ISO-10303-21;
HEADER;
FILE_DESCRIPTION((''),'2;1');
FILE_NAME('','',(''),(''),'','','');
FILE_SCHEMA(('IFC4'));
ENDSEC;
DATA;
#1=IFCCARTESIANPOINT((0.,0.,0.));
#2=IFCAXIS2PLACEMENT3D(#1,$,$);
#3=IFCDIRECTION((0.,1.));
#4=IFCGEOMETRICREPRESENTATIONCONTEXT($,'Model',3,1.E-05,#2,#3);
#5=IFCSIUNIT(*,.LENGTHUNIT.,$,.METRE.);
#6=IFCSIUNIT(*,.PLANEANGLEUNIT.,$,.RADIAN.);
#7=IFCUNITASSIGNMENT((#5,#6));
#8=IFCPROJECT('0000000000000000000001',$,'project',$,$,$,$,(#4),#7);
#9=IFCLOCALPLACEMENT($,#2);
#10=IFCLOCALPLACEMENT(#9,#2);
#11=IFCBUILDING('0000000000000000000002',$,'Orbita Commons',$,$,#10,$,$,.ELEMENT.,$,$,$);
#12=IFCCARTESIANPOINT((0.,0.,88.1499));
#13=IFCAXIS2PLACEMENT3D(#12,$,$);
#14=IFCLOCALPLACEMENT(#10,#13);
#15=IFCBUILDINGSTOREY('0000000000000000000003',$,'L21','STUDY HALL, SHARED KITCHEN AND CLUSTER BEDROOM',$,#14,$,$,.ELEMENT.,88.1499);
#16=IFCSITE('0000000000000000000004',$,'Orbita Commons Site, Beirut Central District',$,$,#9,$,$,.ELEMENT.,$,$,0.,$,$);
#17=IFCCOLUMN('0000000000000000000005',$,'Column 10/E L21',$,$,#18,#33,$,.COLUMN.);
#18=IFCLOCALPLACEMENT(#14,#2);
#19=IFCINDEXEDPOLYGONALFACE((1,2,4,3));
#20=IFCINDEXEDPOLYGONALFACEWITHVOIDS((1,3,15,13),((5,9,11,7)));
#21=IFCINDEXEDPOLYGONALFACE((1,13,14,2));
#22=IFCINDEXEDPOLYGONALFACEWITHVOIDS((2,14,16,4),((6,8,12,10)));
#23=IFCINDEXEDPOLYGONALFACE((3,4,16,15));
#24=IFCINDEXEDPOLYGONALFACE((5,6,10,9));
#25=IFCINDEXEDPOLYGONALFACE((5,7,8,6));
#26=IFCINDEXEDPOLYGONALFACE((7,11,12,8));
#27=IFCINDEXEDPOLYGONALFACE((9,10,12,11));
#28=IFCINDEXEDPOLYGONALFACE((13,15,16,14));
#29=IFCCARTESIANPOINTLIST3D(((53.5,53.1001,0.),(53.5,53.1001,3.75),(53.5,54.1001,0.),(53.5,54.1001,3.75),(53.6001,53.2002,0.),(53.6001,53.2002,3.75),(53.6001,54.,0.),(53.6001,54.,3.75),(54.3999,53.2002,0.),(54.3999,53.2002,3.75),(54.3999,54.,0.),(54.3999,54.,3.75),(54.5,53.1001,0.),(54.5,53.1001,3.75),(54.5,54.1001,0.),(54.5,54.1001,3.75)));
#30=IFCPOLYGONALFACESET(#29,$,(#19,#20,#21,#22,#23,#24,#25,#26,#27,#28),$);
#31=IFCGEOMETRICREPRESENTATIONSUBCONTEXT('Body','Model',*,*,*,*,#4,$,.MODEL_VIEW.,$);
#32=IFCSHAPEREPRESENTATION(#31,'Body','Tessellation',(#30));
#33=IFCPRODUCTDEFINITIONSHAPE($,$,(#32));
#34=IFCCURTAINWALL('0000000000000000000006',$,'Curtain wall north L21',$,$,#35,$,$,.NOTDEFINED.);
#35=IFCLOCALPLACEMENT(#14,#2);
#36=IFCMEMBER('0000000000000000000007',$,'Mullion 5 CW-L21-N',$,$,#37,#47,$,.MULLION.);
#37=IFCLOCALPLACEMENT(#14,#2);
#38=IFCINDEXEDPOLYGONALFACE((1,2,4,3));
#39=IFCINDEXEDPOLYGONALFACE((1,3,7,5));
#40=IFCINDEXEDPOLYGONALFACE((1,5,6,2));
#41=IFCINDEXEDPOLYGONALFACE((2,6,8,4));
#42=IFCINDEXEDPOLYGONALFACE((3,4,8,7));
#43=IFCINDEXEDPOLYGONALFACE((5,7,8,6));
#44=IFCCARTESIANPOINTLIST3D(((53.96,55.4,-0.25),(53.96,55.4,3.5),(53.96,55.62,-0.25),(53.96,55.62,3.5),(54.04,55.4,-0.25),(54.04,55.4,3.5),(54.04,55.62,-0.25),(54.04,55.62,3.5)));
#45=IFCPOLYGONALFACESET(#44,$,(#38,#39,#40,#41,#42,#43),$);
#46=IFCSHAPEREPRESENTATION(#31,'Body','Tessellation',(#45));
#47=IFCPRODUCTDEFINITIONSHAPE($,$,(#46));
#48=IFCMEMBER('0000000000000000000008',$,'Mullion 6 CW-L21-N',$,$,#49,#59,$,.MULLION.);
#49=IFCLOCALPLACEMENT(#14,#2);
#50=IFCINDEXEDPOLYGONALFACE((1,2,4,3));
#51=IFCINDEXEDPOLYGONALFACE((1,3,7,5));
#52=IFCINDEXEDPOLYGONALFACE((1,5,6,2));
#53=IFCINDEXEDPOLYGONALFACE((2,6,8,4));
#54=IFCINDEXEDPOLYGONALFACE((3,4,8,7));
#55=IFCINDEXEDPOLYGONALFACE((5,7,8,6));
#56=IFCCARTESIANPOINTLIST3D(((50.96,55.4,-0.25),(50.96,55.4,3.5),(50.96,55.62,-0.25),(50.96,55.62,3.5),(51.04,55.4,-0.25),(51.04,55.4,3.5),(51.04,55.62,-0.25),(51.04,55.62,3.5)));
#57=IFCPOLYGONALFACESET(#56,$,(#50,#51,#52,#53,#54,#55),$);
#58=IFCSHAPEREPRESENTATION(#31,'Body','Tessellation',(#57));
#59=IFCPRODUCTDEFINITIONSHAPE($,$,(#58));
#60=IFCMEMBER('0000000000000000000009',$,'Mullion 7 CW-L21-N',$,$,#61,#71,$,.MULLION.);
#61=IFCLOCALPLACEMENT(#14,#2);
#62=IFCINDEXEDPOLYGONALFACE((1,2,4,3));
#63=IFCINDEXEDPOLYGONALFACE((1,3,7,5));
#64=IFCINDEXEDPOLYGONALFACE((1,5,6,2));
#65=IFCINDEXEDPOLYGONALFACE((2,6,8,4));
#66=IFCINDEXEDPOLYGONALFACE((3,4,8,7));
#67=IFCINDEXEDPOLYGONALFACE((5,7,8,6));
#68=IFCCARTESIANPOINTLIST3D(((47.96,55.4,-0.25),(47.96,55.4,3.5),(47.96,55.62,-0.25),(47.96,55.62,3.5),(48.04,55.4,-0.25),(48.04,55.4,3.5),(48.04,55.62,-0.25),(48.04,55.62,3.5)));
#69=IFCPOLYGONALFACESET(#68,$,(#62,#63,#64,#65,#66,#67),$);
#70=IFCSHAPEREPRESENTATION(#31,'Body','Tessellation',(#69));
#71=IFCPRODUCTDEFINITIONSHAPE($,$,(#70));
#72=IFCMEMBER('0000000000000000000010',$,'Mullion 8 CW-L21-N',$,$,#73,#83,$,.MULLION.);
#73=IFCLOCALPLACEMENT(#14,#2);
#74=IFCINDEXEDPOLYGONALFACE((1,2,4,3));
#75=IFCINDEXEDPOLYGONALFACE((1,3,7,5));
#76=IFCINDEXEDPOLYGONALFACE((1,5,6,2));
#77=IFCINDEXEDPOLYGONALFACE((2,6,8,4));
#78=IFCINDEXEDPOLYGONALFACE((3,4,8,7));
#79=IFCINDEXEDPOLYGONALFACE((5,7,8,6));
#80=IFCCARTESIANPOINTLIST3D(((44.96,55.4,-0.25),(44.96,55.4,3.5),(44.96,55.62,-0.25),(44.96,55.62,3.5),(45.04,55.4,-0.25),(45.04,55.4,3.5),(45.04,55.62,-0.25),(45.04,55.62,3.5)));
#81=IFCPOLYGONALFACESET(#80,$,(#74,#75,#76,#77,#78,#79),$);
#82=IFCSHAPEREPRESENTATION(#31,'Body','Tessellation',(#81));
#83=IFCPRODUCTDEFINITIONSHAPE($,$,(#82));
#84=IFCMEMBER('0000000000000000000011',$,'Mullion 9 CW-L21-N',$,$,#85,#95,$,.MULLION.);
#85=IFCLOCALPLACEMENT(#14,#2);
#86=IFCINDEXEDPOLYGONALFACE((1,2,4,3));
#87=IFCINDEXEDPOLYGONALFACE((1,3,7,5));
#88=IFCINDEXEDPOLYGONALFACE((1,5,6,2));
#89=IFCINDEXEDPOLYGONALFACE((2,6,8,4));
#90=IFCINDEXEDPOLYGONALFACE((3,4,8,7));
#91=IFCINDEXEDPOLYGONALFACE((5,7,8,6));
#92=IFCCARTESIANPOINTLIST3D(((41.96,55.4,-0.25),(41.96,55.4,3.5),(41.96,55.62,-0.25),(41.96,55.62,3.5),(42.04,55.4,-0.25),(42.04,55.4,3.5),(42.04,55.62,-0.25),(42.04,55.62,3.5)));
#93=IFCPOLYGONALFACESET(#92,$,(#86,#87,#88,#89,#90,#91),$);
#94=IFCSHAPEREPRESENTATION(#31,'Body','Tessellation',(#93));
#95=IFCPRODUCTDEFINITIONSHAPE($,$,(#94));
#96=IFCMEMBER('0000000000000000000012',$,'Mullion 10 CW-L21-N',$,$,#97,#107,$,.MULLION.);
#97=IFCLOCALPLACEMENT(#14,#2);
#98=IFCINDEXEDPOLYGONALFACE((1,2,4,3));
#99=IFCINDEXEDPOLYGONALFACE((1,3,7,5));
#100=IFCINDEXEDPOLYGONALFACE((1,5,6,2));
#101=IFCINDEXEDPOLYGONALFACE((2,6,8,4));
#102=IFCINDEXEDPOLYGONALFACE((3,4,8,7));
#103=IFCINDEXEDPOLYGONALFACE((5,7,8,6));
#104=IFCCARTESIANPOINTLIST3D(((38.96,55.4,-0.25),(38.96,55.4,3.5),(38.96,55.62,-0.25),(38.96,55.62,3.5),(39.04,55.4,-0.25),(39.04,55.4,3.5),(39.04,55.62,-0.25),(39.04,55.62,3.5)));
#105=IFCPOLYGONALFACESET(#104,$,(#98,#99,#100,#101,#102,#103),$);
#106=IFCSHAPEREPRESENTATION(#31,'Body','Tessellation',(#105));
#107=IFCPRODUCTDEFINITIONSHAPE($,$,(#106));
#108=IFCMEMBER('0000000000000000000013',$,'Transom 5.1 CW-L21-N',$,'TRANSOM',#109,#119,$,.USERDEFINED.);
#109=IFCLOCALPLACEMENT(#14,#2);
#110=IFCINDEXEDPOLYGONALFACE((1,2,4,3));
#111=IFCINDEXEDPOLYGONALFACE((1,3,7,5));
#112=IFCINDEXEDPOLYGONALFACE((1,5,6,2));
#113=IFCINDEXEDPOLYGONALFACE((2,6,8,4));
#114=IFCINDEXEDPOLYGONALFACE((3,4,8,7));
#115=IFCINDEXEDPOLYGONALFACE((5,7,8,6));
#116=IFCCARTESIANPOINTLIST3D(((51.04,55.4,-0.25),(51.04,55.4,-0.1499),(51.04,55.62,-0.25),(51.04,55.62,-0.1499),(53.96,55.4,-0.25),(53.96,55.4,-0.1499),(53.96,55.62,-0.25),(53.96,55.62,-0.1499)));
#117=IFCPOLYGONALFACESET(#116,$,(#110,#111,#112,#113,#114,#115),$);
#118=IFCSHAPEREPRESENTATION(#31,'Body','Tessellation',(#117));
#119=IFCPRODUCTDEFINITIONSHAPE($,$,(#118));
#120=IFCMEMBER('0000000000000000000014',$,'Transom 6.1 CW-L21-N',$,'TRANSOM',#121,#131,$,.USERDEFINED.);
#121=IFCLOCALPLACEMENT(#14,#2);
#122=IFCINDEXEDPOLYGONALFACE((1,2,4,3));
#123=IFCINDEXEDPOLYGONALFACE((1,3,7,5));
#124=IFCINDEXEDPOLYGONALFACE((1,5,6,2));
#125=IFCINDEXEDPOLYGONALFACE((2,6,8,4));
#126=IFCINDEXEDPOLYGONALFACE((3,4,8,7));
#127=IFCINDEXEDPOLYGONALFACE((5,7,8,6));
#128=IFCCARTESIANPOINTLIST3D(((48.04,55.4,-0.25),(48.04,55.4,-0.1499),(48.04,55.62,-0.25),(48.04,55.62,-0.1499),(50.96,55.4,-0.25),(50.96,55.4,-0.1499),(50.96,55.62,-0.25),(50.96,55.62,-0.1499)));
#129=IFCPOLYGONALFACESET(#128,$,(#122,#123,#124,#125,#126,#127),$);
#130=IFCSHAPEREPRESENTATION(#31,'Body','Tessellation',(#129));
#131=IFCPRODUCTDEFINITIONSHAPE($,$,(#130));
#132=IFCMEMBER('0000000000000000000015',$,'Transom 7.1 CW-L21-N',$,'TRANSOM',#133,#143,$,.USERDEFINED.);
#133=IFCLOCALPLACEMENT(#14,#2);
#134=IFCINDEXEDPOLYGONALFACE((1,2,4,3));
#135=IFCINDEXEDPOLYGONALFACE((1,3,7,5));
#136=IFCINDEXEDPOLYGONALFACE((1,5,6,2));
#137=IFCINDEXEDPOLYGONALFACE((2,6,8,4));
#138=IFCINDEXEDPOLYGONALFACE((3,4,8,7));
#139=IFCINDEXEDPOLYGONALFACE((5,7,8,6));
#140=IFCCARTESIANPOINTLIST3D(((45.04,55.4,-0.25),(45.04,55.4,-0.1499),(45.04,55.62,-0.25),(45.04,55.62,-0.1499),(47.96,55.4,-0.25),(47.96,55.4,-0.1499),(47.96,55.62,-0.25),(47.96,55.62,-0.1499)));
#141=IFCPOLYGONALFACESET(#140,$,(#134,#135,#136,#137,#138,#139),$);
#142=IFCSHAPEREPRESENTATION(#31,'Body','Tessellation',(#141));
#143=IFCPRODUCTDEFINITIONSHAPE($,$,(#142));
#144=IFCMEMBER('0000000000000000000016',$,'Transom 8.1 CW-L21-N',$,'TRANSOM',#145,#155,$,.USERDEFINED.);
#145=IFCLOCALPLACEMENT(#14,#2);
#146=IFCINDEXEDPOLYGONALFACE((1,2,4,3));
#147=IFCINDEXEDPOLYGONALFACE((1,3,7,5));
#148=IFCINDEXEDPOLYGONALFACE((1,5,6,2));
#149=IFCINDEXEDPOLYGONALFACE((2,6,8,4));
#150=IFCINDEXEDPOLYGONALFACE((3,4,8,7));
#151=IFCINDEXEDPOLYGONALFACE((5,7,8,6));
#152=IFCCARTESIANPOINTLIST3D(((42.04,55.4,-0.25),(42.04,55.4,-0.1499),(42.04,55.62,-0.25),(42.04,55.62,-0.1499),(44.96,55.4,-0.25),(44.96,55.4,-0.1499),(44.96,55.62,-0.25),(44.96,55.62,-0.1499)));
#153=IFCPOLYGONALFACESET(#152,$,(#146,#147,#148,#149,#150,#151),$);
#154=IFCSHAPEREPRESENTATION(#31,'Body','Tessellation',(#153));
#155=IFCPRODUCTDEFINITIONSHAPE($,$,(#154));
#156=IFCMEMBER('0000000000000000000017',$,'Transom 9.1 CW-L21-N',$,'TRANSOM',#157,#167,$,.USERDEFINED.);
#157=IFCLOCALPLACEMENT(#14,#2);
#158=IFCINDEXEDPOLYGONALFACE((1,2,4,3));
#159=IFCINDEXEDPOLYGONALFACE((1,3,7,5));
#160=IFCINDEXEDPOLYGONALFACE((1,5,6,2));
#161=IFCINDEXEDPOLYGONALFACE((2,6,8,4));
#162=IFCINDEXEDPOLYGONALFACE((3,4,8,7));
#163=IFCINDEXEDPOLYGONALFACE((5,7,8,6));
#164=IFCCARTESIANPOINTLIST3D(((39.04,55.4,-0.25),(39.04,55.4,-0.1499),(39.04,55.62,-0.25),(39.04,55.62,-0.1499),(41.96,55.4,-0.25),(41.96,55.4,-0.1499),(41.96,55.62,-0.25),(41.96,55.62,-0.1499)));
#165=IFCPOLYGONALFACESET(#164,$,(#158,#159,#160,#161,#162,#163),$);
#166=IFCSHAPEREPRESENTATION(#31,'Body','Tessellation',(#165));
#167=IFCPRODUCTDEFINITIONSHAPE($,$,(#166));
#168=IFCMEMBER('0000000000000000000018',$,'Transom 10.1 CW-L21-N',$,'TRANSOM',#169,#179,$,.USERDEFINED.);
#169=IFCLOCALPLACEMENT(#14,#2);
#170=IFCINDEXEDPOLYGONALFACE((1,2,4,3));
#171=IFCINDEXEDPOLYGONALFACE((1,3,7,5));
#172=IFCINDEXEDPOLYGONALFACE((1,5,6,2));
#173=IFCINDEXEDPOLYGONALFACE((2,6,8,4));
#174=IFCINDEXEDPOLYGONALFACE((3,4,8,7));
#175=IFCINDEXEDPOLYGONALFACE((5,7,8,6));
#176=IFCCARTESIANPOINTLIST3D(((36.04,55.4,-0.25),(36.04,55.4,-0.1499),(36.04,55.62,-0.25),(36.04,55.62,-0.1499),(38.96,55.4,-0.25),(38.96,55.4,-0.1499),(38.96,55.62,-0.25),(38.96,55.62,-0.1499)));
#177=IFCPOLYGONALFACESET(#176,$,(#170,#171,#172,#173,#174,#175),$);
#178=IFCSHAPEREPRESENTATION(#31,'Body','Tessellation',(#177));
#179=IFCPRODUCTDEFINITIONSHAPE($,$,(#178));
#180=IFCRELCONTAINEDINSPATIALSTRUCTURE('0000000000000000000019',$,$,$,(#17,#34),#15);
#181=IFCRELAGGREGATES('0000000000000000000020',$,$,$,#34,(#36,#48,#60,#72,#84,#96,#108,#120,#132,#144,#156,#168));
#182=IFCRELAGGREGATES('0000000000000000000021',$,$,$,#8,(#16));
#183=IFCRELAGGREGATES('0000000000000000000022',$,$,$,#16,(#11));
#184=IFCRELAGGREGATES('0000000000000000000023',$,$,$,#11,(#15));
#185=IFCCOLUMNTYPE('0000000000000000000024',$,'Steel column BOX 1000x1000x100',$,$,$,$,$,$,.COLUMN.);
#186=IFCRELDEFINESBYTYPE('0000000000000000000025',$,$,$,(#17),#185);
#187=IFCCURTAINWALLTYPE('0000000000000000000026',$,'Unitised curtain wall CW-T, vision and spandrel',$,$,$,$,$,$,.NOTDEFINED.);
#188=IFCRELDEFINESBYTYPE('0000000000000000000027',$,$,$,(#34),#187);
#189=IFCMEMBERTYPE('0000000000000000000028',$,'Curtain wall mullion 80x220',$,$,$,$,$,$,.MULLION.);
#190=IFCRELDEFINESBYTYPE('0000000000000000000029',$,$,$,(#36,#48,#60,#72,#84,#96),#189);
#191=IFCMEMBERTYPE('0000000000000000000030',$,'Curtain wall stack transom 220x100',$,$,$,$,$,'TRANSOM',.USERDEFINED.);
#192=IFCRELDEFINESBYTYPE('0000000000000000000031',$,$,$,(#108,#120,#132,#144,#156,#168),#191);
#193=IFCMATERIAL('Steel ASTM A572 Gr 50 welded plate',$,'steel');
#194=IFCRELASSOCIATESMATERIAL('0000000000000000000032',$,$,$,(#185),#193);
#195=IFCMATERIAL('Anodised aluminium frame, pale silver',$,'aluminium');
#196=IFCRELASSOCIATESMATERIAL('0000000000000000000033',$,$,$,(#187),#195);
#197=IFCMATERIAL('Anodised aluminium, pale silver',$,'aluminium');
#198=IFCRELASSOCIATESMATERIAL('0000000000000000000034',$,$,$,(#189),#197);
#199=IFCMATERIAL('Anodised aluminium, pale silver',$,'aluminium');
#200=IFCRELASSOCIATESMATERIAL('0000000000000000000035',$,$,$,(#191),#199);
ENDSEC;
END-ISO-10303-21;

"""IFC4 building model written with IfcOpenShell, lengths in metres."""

from ifc_helpers import new_model, si_unit, direction, frame, origin, origin_2d, place, context, subcontext, project, spatial, rectangle, hollow_rectangle, extrude, material, material_profile, profile_set, type_object, element, aggregate, save


model = new_model("IFC4")

# Units and contexts
model_context = context("Model", 3, precision=1e-05, world=origin(), true_north=direction((0.0, 1.0)))
body_context = subcontext(model_context, "Body", "Model", "MODEL_VIEW")
ifc_project = project(units=[si_unit("LENGTHUNIT", "METRE"), si_unit("PLANEANGLEUNIT", "RADIAN")], contexts=[model_context])

# Site, building, storey
site_placement = place(None, origin())
site = spatial("IfcSite", under=ifc_project, at=site_placement, Name="Orbita Commons Site, Beirut Central District", CompositionType="ELEMENT", RefElevation=0.0)
building_placement = place(site_placement, origin())
building = spatial("IfcBuilding", under=site, at=building_placement, Name="Orbita Commons", CompositionType="ELEMENT")
storey_placement = place(building_placement, frame((0.0, 0.0, 88.1499)))
storey = spatial("IfcBuildingStorey", under=building, at=storey_placement, Name="L21", Description="STUDY HALL, SHARED KITCHEN AND CLUSTER BEDROOM", CompositionType="ELEMENT", Elevation=88.1499)

# Column
ifc_material_1 = material(Name="Steel ASTM A572 Gr 50 welded plate", Category="steel")
ifc_material_profile_1 = material_profile(ifc_material_1, hollow_rectangle(XDim=1.0, YDim=1.0, WallThickness=0.1001, at=origin_2d()), Name="BOX 1000x1000x100")
ifc_profile_set_1 = profile_set([ifc_material_profile_1], Name="Steel ASTM A572 Gr 50 welded plate")
column_type = type_object("IfcColumnType", Name="Steel column BOX 1000x1000x100", PredefinedType="COLUMN", material=ifc_profile_set_1)
column_placement = place(storey_placement, frame((54.0, 53.6001, 0.0), z_axis=(0.0, 0.0, 1.0), x_axis=(1.0, 0.0, 0.0)))
element("IfcColumn", 1, at=column_placement, inside=storey, type_object=column_type, Name="Column 10/E L21", PredefinedType="COLUMN", context=body_context, shape_type="SweptSolid", body=[
    extrude(hollow_rectangle(XDim=1.0, YDim=1.0, WallThickness=0.1001, at=origin_2d()), origin(), (0.0, 0.0, 1.0), 3.75),
])

# Curtain wall, members
ifc_material_2 = material(Name="Anodised aluminium frame, pale silver", Category="aluminium")
curtain_wall_type = type_object("IfcCurtainWallType", Name="Unitised curtain wall CW-T, vision and spandrel", PredefinedType="NOTDEFINED", material=ifc_material_2)
curtain_wall_placement = place(storey_placement, origin())
curtain_wall = element("IfcCurtainWall", 2, at=curtain_wall_placement, inside=storey, type_object=curtain_wall_type, Name="Curtain wall north L21", PredefinedType="NOTDEFINED")
ifc_material_3 = material(Name="Anodised aluminium, pale silver", Category="aluminium")
ifc_material_profile_2 = material_profile(ifc_material_3, rectangle(XDim=0.0801, YDim=0.22, at=origin_2d()), Name="AL 80x220")
ifc_profile_set_2 = profile_set([ifc_material_profile_2], Name="Anodised aluminium, pale silver")
member_type_1 = type_object("IfcMemberType", Name="Curtain wall mullion 80x220", PredefinedType="MULLION", material=ifc_profile_set_2)
member_1_placement = place(storey_placement, frame((54.0, 55.51, -0.25), z_axis=(0.0, 0.0, 1.0), x_axis=(-1.0, 0.0, 0.0)))
member_1 = element("IfcMember", 3, at=member_1_placement, type_object=member_type_1, Name="Mullion 5 CW-L21-N", PredefinedType="MULLION", context=body_context, shape_type="SweptSolid", body=[
    extrude(rectangle(XDim=0.0801, YDim=0.22, at=origin_2d()), origin(), (0.0, 0.0, 1.0), 3.75),
])
member_2_placement = place(storey_placement, frame((51.0, 55.51, -0.25), z_axis=(0.0, 0.0, 1.0), x_axis=(-1.0, 0.0, 0.0)))
member_2 = element("IfcMember", 4, at=member_2_placement, type_object=member_type_1, Name="Mullion 6 CW-L21-N", PredefinedType="MULLION", context=body_context, shape_type="SweptSolid", body=[
    extrude(rectangle(XDim=0.0801, YDim=0.22, at=origin_2d()), origin(), (0.0, 0.0, 1.0), 3.75),
])
member_3_placement = place(storey_placement, frame((48.0, 55.51, -0.25), z_axis=(0.0, 0.0, 1.0), x_axis=(-1.0, 0.0, 0.0)))
member_3 = element("IfcMember", 5, at=member_3_placement, type_object=member_type_1, Name="Mullion 7 CW-L21-N", PredefinedType="MULLION", context=body_context, shape_type="SweptSolid", body=[
    extrude(rectangle(XDim=0.0801, YDim=0.22, at=origin_2d()), origin(), (0.0, 0.0, 1.0), 3.75),
])
member_4_placement = place(storey_placement, frame((45.0, 55.51, -0.25), z_axis=(0.0, 0.0, 1.0), x_axis=(-1.0, 0.0, 0.0)))
member_4 = element("IfcMember", 6, at=member_4_placement, type_object=member_type_1, Name="Mullion 8 CW-L21-N", PredefinedType="MULLION", context=body_context, shape_type="SweptSolid", body=[
    extrude(rectangle(XDim=0.0801, YDim=0.22, at=origin_2d()), origin(), (0.0, 0.0, 1.0), 3.75),
])
member_5_placement = place(storey_placement, frame((42.0, 55.51, -0.25), z_axis=(0.0, 0.0, 1.0), x_axis=(-1.0, 0.0, 0.0)))
member_5 = element("IfcMember", 7, at=member_5_placement, type_object=member_type_1, Name="Mullion 9 CW-L21-N", PredefinedType="MULLION", context=body_context, shape_type="SweptSolid", body=[
    extrude(rectangle(XDim=0.0801, YDim=0.22, at=origin_2d()), origin(), (0.0, 0.0, 1.0), 3.75),
])
member_6_placement = place(storey_placement, frame((39.0, 55.51, -0.25), z_axis=(0.0, 0.0, 1.0), x_axis=(-1.0, 0.0, 0.0)))
member_6 = element("IfcMember", 8, at=member_6_placement, type_object=member_type_1, Name="Mullion 10 CW-L21-N", PredefinedType="MULLION", context=body_context, shape_type="SweptSolid", body=[
    extrude(rectangle(XDim=0.0801, YDim=0.22, at=origin_2d()), origin(), (0.0, 0.0, 1.0), 3.75),
])
ifc_material_4 = material(Name="Anodised aluminium, pale silver", Category="aluminium")
ifc_material_profile_3 = material_profile(ifc_material_4, rectangle(XDim=0.22, YDim=0.1001, at=origin_2d()), Name="AL 220x100")
ifc_profile_set_3 = profile_set([ifc_material_profile_3], Name="Anodised aluminium, pale silver")
member_type_2 = type_object("IfcMemberType", Name="Curtain wall stack transom 220x100", ElementType="TRANSOM", PredefinedType="USERDEFINED", material=ifc_profile_set_3)
member_7_placement = place(storey_placement, frame((53.96, 55.51, -0.2), z_axis=(-1.0, 0.0, 0.0), x_axis=(0.0, -1.0, 0.0)))
member_7 = element("IfcMember", 9, at=member_7_placement, type_object=member_type_2, Name="Transom 5.1 CW-L21-N", ObjectType="TRANSOM", PredefinedType="USERDEFINED", context=body_context, shape_type="SweptSolid", body=[
    extrude(rectangle(XDim=0.22, YDim=0.1001, at=origin_2d()), origin(), (0.0, 0.0, 1.0), 2.9199),
])
member_8_placement = place(storey_placement, frame((50.96, 55.51, -0.2), z_axis=(-1.0, 0.0, 0.0), x_axis=(0.0, -1.0, 0.0)))
member_8 = element("IfcMember", 10, at=member_8_placement, type_object=member_type_2, Name="Transom 6.1 CW-L21-N", ObjectType="TRANSOM", PredefinedType="USERDEFINED", context=body_context, shape_type="SweptSolid", body=[
    extrude(rectangle(XDim=0.22, YDim=0.1001, at=origin_2d()), origin(), (0.0, 0.0, 1.0), 2.9199),
])
member_9_placement = place(storey_placement, frame((47.96, 55.51, -0.2), z_axis=(-1.0, 0.0, 0.0), x_axis=(0.0, -1.0, 0.0)))
member_9 = element("IfcMember", 11, at=member_9_placement, type_object=member_type_2, Name="Transom 7.1 CW-L21-N", ObjectType="TRANSOM", PredefinedType="USERDEFINED", context=body_context, shape_type="SweptSolid", body=[
    extrude(rectangle(XDim=0.22, YDim=0.1001, at=origin_2d()), origin(), (0.0, 0.0, 1.0), 2.9199),
])
member_10_placement = place(storey_placement, frame((44.96, 55.51, -0.2), z_axis=(-1.0, 0.0, 0.0), x_axis=(0.0, -1.0, 0.0)))
member_10 = element("IfcMember", 12, at=member_10_placement, type_object=member_type_2, Name="Transom 8.1 CW-L21-N", ObjectType="TRANSOM", PredefinedType="USERDEFINED", context=body_context, shape_type="SweptSolid", body=[
    extrude(rectangle(XDim=0.22, YDim=0.1001, at=origin_2d()), origin(), (0.0, 0.0, 1.0), 2.9199),
])
member_11_placement = place(storey_placement, frame((41.96, 55.51, -0.2), z_axis=(-1.0, 0.0, 0.0), x_axis=(0.0, -1.0, 0.0)))
member_11 = element("IfcMember", 13, at=member_11_placement, type_object=member_type_2, Name="Transom 9.1 CW-L21-N", ObjectType="TRANSOM", PredefinedType="USERDEFINED", context=body_context, shape_type="SweptSolid", body=[
    extrude(rectangle(XDim=0.22, YDim=0.1001, at=origin_2d()), origin(), (0.0, 0.0, 1.0), 2.9199),
])
member_12_placement = place(storey_placement, frame((38.96, 55.51, -0.2), z_axis=(-1.0, 0.0, 0.0), x_axis=(0.0, -1.0, 0.0)))
member_12 = element("IfcMember", 14, at=member_12_placement, type_object=member_type_2, Name="Transom 10.1 CW-L21-N", ObjectType="TRANSOM", PredefinedType="USERDEFINED", context=body_context, shape_type="SweptSolid", body=[
    extrude(rectangle(XDim=0.22, YDim=0.1001, at=origin_2d()), origin(), (0.0, 0.0, 1.0), 2.9199),
])

aggregate(curtain_wall, [member_1, member_2, member_3, member_4, member_5, member_6, member_7, member_8, member_9, member_10, member_11, member_12])

save(model, "model.ifc")
